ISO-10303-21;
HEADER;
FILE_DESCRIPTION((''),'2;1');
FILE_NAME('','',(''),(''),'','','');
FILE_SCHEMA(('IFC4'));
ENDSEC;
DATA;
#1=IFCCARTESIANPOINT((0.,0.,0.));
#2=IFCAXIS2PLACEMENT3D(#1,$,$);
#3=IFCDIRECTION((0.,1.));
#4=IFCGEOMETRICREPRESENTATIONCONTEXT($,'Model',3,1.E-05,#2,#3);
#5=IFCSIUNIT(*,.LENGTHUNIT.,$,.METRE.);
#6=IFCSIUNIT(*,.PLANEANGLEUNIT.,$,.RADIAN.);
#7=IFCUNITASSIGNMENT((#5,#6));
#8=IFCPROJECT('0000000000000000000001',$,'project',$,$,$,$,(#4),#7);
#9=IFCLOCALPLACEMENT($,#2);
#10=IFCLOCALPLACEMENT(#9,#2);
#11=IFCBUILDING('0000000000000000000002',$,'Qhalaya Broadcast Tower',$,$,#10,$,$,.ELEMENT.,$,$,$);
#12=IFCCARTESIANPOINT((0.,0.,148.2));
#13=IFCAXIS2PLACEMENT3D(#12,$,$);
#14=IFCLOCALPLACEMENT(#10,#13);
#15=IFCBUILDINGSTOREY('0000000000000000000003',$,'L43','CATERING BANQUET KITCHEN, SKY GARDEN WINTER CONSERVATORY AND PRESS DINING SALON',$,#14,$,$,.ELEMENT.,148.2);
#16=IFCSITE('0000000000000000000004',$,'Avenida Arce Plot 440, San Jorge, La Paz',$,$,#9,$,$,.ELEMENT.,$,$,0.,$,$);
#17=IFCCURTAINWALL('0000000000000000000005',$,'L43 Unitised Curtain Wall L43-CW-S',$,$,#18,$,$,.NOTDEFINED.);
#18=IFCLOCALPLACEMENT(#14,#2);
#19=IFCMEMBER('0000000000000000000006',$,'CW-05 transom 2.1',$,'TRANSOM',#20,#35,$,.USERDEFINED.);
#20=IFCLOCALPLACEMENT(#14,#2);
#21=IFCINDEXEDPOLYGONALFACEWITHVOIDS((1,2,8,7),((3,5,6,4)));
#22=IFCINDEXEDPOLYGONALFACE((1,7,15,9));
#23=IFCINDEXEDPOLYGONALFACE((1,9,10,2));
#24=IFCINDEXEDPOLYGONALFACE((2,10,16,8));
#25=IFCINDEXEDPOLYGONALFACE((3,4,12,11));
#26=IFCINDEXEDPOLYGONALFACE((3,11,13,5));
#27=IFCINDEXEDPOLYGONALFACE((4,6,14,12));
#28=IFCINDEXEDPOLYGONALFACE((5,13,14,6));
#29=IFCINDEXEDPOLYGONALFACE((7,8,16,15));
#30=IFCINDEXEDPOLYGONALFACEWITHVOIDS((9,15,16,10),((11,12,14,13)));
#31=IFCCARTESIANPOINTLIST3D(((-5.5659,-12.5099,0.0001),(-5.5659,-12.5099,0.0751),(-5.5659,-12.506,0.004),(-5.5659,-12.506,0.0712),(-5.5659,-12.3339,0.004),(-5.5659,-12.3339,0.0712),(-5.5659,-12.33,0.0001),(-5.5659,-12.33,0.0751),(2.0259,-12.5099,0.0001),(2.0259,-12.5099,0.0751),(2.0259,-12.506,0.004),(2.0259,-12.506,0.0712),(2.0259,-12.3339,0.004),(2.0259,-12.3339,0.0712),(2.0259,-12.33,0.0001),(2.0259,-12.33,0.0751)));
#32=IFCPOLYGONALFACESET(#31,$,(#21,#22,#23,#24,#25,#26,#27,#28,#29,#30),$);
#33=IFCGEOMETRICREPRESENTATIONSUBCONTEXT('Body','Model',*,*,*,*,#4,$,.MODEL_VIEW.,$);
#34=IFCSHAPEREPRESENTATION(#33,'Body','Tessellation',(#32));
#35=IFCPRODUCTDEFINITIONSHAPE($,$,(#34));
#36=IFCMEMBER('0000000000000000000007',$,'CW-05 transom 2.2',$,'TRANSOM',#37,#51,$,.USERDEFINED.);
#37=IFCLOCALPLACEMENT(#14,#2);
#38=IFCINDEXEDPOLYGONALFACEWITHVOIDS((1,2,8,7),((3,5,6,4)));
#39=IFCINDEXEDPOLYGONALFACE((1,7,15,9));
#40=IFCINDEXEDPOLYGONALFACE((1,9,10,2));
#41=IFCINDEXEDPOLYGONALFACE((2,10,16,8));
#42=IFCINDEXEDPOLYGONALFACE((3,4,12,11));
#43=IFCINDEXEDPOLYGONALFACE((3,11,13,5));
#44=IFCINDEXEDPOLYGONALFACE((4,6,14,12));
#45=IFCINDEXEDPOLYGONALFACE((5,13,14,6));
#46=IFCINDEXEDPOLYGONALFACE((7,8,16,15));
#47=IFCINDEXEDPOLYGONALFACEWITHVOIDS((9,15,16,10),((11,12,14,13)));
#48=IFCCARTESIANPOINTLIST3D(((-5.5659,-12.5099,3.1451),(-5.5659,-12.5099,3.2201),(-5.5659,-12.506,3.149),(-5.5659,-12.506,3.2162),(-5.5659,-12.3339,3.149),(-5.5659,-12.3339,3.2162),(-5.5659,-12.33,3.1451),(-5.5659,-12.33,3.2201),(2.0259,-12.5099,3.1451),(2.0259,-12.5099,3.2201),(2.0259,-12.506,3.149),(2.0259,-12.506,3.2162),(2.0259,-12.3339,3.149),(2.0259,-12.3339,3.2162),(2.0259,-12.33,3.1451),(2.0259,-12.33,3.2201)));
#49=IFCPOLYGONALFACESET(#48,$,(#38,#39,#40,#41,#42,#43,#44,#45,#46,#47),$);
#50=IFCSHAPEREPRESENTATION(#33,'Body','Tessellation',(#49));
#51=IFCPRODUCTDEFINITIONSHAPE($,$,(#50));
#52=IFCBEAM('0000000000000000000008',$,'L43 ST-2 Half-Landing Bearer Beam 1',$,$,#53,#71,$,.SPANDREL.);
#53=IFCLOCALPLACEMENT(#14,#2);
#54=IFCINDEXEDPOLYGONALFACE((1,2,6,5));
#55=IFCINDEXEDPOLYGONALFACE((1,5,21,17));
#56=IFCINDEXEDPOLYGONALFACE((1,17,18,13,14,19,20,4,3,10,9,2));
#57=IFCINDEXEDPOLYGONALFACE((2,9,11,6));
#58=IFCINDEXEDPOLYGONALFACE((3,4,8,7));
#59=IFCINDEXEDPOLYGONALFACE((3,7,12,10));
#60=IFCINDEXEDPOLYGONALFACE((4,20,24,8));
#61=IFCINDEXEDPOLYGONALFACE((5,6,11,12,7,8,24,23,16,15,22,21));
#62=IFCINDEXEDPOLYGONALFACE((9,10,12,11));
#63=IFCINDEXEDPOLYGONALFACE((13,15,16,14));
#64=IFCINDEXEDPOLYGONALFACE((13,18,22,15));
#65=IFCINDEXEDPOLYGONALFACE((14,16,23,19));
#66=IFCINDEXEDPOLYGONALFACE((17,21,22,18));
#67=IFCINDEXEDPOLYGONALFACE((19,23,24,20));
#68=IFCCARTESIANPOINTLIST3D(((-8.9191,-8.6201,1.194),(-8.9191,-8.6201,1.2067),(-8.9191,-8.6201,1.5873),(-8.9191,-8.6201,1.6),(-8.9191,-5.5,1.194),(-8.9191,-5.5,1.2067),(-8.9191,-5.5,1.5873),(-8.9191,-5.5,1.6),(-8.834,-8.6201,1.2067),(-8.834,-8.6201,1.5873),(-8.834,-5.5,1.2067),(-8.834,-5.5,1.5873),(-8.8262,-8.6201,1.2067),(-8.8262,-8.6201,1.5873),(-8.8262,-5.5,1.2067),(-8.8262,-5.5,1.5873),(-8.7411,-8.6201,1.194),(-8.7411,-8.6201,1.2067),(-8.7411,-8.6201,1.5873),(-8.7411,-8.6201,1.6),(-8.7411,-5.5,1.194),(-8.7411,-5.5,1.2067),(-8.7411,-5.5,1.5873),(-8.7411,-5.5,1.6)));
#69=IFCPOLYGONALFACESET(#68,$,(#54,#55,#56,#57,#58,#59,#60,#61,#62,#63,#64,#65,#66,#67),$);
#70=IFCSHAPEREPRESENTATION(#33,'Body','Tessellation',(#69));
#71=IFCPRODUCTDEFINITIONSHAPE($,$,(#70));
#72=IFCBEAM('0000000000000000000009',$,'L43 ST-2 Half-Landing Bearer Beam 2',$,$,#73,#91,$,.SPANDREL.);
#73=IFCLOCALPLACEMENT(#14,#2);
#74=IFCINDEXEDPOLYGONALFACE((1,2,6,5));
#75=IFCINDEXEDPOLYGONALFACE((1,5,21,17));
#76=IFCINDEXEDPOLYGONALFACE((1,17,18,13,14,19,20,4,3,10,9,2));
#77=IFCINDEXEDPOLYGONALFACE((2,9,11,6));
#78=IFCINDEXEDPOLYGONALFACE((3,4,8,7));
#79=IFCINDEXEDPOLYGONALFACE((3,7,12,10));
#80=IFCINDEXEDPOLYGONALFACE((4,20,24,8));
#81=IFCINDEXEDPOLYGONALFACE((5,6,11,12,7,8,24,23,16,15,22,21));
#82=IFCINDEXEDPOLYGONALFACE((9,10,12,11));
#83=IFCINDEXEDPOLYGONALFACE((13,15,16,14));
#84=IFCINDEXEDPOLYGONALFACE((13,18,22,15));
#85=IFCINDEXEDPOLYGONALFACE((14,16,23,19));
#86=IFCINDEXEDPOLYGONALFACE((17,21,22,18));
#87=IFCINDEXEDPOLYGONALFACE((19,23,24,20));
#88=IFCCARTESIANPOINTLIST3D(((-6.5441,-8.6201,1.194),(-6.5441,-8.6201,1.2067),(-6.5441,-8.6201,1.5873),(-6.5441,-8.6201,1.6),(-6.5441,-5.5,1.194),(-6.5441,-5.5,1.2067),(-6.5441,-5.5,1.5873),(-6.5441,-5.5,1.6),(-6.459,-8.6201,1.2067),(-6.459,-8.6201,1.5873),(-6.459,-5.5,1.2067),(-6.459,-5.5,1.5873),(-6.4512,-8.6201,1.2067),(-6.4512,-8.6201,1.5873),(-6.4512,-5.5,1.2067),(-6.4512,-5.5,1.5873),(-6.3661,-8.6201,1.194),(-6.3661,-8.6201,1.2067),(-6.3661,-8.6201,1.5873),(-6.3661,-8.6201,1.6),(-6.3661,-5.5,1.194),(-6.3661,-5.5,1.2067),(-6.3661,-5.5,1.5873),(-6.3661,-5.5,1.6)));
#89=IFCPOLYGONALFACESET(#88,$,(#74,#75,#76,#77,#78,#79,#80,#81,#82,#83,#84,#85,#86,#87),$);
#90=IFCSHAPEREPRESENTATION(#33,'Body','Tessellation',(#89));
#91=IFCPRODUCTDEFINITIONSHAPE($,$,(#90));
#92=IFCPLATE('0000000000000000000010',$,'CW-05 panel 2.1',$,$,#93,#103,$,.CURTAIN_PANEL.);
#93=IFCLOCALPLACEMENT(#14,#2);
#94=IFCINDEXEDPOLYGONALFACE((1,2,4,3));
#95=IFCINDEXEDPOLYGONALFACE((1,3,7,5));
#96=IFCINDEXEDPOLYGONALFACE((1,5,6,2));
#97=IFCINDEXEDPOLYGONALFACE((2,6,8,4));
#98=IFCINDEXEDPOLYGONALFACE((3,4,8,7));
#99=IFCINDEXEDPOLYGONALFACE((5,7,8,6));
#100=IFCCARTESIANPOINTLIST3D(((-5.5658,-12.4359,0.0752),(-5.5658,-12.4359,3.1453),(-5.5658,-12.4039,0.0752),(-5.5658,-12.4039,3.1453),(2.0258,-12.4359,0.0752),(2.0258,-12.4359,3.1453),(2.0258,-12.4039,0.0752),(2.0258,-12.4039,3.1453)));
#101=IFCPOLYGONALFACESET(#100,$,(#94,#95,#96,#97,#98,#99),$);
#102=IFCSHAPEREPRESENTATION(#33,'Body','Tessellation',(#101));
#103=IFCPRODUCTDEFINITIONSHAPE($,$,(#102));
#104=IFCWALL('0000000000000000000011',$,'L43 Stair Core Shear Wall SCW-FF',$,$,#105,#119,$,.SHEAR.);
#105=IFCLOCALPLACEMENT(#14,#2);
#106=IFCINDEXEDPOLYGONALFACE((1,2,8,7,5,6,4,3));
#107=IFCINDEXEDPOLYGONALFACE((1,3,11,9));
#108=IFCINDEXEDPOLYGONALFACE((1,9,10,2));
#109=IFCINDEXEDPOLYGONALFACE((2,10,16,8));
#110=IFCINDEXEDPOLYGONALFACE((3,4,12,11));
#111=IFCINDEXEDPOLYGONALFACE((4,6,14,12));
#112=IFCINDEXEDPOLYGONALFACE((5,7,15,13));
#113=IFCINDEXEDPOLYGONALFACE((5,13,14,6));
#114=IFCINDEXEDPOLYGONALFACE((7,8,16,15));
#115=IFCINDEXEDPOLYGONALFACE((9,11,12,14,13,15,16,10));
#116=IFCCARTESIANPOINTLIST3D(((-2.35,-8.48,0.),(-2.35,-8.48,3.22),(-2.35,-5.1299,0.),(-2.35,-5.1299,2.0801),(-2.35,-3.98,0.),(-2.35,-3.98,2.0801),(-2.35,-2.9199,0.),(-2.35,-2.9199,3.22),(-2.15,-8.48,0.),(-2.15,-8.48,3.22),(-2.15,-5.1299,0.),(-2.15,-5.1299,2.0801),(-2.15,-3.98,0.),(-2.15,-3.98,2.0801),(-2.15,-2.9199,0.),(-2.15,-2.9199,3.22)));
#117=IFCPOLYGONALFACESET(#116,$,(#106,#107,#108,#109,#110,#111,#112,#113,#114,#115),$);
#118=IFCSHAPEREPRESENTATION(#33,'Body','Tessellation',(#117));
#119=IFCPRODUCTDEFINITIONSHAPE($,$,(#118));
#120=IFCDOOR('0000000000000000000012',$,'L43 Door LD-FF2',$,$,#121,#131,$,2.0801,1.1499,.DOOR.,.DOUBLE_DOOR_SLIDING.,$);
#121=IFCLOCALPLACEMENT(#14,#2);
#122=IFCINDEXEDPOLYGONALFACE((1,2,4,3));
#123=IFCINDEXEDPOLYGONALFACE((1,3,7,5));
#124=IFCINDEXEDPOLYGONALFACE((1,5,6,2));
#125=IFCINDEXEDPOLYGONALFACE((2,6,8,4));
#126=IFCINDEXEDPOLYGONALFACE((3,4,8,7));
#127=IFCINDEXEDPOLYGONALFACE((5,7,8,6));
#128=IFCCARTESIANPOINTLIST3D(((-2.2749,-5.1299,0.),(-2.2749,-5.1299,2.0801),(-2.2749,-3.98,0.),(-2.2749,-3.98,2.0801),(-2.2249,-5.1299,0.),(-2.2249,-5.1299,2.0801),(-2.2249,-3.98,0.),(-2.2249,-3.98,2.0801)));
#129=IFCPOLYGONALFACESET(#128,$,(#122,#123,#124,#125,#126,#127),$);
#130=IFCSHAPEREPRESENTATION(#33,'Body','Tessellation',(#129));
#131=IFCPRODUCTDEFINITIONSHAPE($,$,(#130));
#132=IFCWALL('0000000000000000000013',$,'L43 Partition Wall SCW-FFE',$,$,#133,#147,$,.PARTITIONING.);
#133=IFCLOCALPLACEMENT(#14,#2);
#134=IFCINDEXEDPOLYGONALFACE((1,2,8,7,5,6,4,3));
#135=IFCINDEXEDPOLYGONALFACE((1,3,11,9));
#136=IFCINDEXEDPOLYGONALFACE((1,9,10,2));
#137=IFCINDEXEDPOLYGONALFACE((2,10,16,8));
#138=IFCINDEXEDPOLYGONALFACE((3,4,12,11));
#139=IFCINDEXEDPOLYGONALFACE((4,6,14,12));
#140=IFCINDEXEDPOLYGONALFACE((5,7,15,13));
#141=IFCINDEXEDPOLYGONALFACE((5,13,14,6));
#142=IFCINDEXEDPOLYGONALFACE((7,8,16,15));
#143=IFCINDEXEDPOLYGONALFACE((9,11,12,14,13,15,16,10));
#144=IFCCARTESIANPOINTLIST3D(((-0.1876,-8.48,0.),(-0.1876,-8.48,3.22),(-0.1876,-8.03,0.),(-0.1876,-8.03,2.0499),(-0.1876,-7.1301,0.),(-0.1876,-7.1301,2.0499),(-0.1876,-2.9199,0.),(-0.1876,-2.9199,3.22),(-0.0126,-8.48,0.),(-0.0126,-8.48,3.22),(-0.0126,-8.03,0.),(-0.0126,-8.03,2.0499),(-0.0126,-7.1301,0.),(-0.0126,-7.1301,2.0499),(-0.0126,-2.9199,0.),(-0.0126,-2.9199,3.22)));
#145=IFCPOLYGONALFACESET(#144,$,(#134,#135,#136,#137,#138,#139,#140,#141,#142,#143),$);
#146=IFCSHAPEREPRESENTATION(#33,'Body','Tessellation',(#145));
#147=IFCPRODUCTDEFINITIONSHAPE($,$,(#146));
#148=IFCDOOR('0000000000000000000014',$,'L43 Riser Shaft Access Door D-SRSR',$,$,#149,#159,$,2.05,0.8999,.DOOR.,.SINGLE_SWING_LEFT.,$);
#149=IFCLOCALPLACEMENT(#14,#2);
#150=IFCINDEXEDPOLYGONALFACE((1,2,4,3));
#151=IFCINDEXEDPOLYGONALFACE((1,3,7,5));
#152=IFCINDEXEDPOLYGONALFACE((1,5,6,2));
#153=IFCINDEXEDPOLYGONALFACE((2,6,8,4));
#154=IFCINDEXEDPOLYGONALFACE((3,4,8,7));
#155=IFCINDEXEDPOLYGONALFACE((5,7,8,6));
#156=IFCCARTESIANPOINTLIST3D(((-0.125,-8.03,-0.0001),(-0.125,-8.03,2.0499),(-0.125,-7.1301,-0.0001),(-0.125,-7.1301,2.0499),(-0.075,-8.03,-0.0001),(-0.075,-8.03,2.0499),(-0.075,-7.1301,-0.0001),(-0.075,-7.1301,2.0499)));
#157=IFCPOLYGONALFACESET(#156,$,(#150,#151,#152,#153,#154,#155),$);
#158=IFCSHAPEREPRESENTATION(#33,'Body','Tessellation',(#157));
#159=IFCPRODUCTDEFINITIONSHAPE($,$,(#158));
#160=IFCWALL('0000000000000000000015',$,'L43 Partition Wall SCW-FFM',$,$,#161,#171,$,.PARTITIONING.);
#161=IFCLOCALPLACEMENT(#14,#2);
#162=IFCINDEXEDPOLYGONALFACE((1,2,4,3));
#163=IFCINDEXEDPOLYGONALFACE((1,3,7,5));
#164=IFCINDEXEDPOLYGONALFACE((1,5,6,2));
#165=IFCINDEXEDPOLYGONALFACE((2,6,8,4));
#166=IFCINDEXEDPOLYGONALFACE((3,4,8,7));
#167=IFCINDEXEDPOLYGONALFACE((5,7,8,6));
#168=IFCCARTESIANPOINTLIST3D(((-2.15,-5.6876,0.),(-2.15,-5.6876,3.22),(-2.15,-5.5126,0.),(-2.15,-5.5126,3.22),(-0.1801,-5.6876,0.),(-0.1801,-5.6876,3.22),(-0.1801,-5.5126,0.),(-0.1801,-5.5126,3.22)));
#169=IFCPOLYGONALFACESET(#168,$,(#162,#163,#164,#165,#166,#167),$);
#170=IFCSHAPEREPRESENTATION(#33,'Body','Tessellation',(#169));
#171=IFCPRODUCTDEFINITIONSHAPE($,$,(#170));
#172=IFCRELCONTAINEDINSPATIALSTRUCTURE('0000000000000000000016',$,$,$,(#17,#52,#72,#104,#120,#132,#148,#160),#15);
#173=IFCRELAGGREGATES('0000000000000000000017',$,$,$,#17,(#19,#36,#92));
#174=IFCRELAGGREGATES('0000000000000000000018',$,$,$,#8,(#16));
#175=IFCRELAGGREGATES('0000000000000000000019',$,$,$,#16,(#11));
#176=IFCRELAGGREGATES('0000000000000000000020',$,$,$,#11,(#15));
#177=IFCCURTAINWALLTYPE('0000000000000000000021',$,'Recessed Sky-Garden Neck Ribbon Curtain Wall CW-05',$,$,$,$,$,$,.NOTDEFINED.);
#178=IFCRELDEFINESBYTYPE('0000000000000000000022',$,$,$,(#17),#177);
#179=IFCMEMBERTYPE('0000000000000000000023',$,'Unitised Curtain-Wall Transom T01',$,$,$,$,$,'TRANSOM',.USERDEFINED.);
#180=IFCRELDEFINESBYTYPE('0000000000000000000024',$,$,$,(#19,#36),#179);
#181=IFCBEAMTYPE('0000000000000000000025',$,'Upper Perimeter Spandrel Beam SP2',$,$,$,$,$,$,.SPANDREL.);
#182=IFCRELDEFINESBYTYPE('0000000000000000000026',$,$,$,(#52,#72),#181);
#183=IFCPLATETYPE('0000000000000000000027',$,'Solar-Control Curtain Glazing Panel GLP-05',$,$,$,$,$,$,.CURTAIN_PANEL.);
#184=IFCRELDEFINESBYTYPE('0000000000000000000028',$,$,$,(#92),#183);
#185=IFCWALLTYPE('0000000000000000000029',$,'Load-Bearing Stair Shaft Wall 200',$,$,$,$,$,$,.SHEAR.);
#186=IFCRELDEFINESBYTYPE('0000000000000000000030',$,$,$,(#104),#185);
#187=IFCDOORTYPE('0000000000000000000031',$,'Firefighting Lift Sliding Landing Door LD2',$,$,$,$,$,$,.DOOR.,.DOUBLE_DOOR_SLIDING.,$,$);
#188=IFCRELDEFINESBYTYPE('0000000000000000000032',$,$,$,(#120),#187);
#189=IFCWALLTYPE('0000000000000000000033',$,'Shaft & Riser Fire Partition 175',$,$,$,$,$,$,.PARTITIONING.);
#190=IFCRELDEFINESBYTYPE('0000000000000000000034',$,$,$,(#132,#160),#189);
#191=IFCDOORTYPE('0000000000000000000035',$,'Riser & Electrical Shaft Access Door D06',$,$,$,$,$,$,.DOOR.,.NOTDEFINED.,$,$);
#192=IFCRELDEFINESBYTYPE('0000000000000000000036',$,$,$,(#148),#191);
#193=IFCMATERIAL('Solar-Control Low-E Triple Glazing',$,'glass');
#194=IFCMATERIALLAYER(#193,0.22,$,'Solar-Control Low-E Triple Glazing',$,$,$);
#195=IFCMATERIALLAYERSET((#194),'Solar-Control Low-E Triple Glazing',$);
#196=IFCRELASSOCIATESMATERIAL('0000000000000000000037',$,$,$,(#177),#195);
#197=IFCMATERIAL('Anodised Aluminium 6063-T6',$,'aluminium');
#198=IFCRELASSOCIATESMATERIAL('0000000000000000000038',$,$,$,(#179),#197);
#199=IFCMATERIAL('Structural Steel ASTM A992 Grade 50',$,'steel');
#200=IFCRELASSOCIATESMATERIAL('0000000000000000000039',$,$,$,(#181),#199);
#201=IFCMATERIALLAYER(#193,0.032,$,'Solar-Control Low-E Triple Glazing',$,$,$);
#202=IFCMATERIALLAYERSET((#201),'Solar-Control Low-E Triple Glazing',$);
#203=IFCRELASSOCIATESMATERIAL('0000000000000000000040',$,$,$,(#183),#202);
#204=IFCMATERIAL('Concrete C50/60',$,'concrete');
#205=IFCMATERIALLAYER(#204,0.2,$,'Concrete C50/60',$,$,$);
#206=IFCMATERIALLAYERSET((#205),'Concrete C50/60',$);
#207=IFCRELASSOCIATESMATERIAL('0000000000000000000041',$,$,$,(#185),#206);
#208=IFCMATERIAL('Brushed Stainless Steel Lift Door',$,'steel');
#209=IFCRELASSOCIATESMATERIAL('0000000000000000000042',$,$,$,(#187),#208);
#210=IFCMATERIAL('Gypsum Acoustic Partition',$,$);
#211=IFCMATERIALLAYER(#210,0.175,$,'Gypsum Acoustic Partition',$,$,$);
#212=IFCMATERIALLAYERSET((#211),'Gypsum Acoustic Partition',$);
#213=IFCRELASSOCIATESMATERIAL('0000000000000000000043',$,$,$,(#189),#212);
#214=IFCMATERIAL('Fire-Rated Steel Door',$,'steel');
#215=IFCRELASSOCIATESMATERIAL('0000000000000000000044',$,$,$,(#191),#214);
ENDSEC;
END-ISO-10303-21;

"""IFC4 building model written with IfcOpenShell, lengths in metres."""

from ifc_helpers import new_model, si_unit, direction, frame, frame_2d, origin, origin_2d, place, context, subcontext, project, spatial, rectangle, hollow_rectangle, i_section, extrude, material, layer, layer_set, material_profile, profile_set, type_object, element, fill, aggregate, save


model = new_model("IFC4")

# Units and contexts
model_context = context("Model", 3, precision=1e-05, world=origin(), true_north=direction((0.0, 1.0)))
body_context = subcontext(model_context, "Body", "Model", "MODEL_VIEW")
ifc_project = project(units=[si_unit("LENGTHUNIT", "METRE"), si_unit("PLANEANGLEUNIT", "RADIAN")], contexts=[model_context])

# Site, building, storey
site_placement = place(None, origin())
site = spatial("IfcSite", under=ifc_project, at=site_placement, Name="Avenida Arce Plot 440, San Jorge, La Paz", CompositionType="ELEMENT", RefElevation=0.0)
building_placement = place(site_placement, origin())
building = spatial("IfcBuilding", under=site, at=building_placement, Name="Qhalaya Broadcast Tower", CompositionType="ELEMENT")
storey_placement = place(building_placement, frame((0.0, 0.0, 148.2)))
storey = spatial("IfcBuildingStorey", under=building, at=storey_placement, Name="L43", Description="CATERING BANQUET KITCHEN, SKY GARDEN WINTER CONSERVATORY AND PRESS DINING SALON", CompositionType="ELEMENT", Elevation=148.2)

# Shared definitions
ifc_material_1 = material(Name="Concrete C50/60", Category="concrete")

# Shared definitions
ifc_material_2 = material(Name="Structural Steel ASTM A992 Grade 50", Category="steel")

# Curtain wall, members
ifc_material_3 = material(Name="Solar-Control Low-E Triple Glazing", Category="glass")
ifc_layer_1 = layer(ifc_material_3, 0.22, Name="Solar-Control Low-E Triple Glazing")
ifc_layer_set_1 = layer_set([ifc_layer_1], Name="Solar-Control Low-E Triple Glazing")
curtain_wall_type = type_object("IfcCurtainWallType", Name="Recessed Sky-Garden Neck Ribbon Curtain Wall CW-05", PredefinedType="NOTDEFINED", material=ifc_layer_set_1)
curtain_wall_placement = place(storey_placement, origin())
curtain_wall = element("IfcCurtainWall", 1, at=curtain_wall_placement, inside=storey, type_object=curtain_wall_type, Name="L43 Unitised Curtain Wall L43-CW-S", PredefinedType="NOTDEFINED")
ifc_material_4 = material(Name="Anodised Aluminium 6063-T6", Category="aluminium")
ifc_material_profile_1 = material_profile(ifc_material_4, hollow_rectangle(XDim=0.075, YDim=0.1799, WallThickness=0.0039, at=origin_2d()), Name="ALU-TRN 75x180x4")
ifc_profile_set_1 = profile_set([ifc_material_profile_1], Name="Anodised Aluminium 6063-T6")
member_type_1 = type_object("IfcMemberType", Name="Unitised Curtain-Wall Transom T01", ElementType="TRANSOM", PredefinedType="USERDEFINED", material=ifc_profile_set_1)
member_1_placement = place(storey_placement, frame((-5.5659, -12.4199, 0.0376), z_axis=(1.0, 0.0, 0.0), x_axis=(0.0, 0.0, 1.0)))
member_1 = element("IfcMember", 2, at=member_1_placement, type_object=member_type_1, Name="CW-05 transom 2.1", ObjectType="TRANSOM", PredefinedType="USERDEFINED", context=body_context, shape_type="SweptSolid", body=[
    extrude(hollow_rectangle(XDim=0.075, YDim=0.1799, WallThickness=0.0039, at=origin_2d()), origin(), (0.0, 0.0, 1.0), 7.5918),
])
member_2_placement = place(storey_placement, frame((-5.5659, -12.4199, 3.1826), z_axis=(1.0, 0.0, 0.0), x_axis=(0.0, 0.0, 1.0)))
member_2 = element("IfcMember", 3, at=member_2_placement, type_object=member_type_1, Name="CW-05 transom 2.2", ObjectType="TRANSOM", PredefinedType="USERDEFINED", context=body_context, shape_type="SweptSolid", body=[
    extrude(hollow_rectangle(XDim=0.075, YDim=0.1799, WallThickness=0.0039, at=origin_2d()), origin(), (0.0, 0.0, 1.0), 7.5918),
])

# Beams
ifc_material_profile_2 = material_profile(ifc_material_2, i_section(OverallWidth=0.178, OverallDepth=0.406, WebThickness=0.0078, FlangeThickness=0.0127, at=origin_2d()), Name="W16X40")
ifc_profile_set_2 = profile_set([ifc_material_profile_2], Name="Structural Steel ASTM A992 Grade 50")
beam_type_1 = type_object("IfcBeamType", Name="Upper Perimeter Spandrel Beam SP2", PredefinedType="SPANDREL", material=ifc_profile_set_2)
for number, where, z_axis, x_axis, name in (
    (4, (-8.8301, -8.6201, 1.397), (0.0, 1.0, 0.0), (-1.0, 0.0, 0.0), "L43 ST-2 Half-Landing Bearer Beam 1"),
    (5, (-6.4551, -8.6201, 1.397), (0.0, 1.0, 0.0), (-1.0, 0.0, 0.0), "L43 ST-2 Half-Landing Bearer Beam 2"),
):
    element("IfcBeam", number, at=place(storey_placement, frame(where, z_axis=z_axis, x_axis=x_axis)), inside=storey, type_object=beam_type_1, Name=name, PredefinedType="SPANDREL", context=body_context, shape_type="SweptSolid", body=[
        extrude(i_section(OverallWidth=0.178, OverallDepth=0.406, WebThickness=0.0078, FlangeThickness=0.0127, at=origin_2d()), origin(), (0.0, 0.0, 1.0), 3.1201),
    ])

# Plate
ifc_layer_2 = layer(ifc_material_3, 0.032, Name="Solar-Control Low-E Triple Glazing")
ifc_layer_set_2 = layer_set([ifc_layer_2], Name="Solar-Control Low-E Triple Glazing")
plate_type = type_object("IfcPlateType", Name="Solar-Control Curtain Glazing Panel GLP-05", PredefinedType="CURTAIN_PANEL", material=ifc_layer_set_2)
plate_placement = place(storey_placement, frame((-1.77, -12.4199, 0.0752), z_axis=(0.0, 0.0, 1.0), x_axis=(1.0, 0.0, 0.0)))
plate = element("IfcPlate", 6, at=plate_placement, type_object=plate_type, Name="CW-05 panel 2.1", PredefinedType="CURTAIN_PANEL", context=body_context, shape_type="SweptSolid", body=[
    extrude(rectangle(XDim=7.5916, YDim=0.032, at=origin_2d()), origin(), (0.0, 0.0, 1.0), 3.0701),
])
aggregate(curtain_wall, [member_1, member_2, plate])

# Walls, openings, doors
ifc_layer_3 = layer(ifc_material_1, 0.2, Name="Concrete C50/60")
ifc_layer_set_3 = layer_set([ifc_layer_3], Name="Concrete C50/60")
wall_type_1 = type_object("IfcWallType", Name="Load-Bearing Stair Shaft Wall 200", PredefinedType="SHEAR", material=ifc_layer_set_3)
wall_1_placement = place(storey_placement, frame((-2.25, -8.48, 0.0), z_axis=(0.0, 0.0, 1.0), x_axis=(0.0, 1.0, 0.0)))
wall_1 = element("IfcWall", 7, at=wall_1_placement, inside=storey, type_object=wall_type_1, Name="L43 Stair Core Shear Wall SCW-FF", PredefinedType="SHEAR", context=body_context, shape_type="SweptSolid", body=[
    extrude(rectangle(XDim=5.5601, YDim=0.2, at=frame_2d((2.78, 0.0))), origin(), (0.0, 0.0, 1.0), 3.22),
])
opening_1_placement = place(wall_1_placement, frame((3.3501, 0.0, 0.0)))
opening_1 = element("IfcOpeningElement", 8, at=opening_1_placement, cuts=wall_1, PredefinedType="OPENING", context=body_context, shape_type="SweptSolid", body=[
    extrude(rectangle(XDim=1.1499, YDim=2.0801, at=frame_2d((0.575, 1.04))), frame((0.0, 0.1121, 0.0), z_axis=(0.0, -1.0, 0.0), x_axis=(1.0, 0.0, 0.0)), (0.0, 0.0, 1.0), 0.2239),
])
ifc_material_5 = material(Name="Brushed Stainless Steel Lift Door", Category="steel")
door_type_1 = type_object("IfcDoorType", Name="Firefighting Lift Sliding Landing Door LD2", OperationType="DOUBLE_DOOR_SLIDING", PredefinedType="DOOR", material=ifc_material_5)
door_1_placement = place(opening_1_placement, origin())
door_1 = element("IfcDoor", 9, at=door_1_placement, inside=storey, type_object=door_type_1, Name="L43 Door LD-FF2", OperationType="DOUBLE_DOOR_SLIDING", OverallHeight=2.0801, OverallWidth=1.1499, PredefinedType="DOOR", context=body_context, shape_type="SweptSolid", body=[
    extrude(rectangle(XDim=1.1499, YDim=2.0801, at=frame_2d((0.575, 1.04))), frame((0.0, 0.0249, 0.0), z_axis=(0.0, -1.0, 0.0), x_axis=(1.0, 0.0, 0.0)), (0.0, 0.0, 1.0), 0.05),
])
fill(opening_1, door_1)
ifc_material_6 = material(Name="Gypsum Acoustic Partition")
ifc_layer_4 = layer(ifc_material_6, 0.175, Name="Gypsum Acoustic Partition")
ifc_layer_set_4 = layer_set([ifc_layer_4], Name="Gypsum Acoustic Partition")
wall_type_2 = type_object("IfcWallType", Name="Shaft & Riser Fire Partition 175", PredefinedType="PARTITIONING", material=ifc_layer_set_4)
wall_2_placement = place(storey_placement, frame((-0.1001, -8.48, 0.0), z_axis=(0.0, 0.0, 1.0), x_axis=(0.0, 1.0, 0.0)))
wall_2 = element("IfcWall", 10, at=wall_2_placement, inside=storey, type_object=wall_type_2, Name="L43 Partition Wall SCW-FFE", PredefinedType="PARTITIONING", context=body_context, shape_type="SweptSolid", body=[
    extrude(rectangle(XDim=5.5601, YDim=0.175, at=frame_2d((2.78, 0.0))), origin(), (0.0, 0.0, 1.0), 3.22),
])
opening_2_placement = place(wall_2_placement, frame((0.45, 0.0, 0.0)))
opening_2 = element("IfcOpeningElement", 11, at=opening_2_placement, cuts=wall_2, PredefinedType="OPENING", context=body_context, shape_type="SweptSolid", body=[
    extrude(rectangle(XDim=0.8999, YDim=2.05, at=frame_2d((0.45, 1.0249))), frame((0.0, 0.0996, 0.0), z_axis=(0.0, -1.0, 0.0), x_axis=(1.0, 0.0, 0.0)), (0.0, 0.0, 1.0), 0.199),
])
ifc_material_7 = material(Name="Fire-Rated Steel Door", Category="steel")
door_type_2 = type_object("IfcDoorType", Name="Riser & Electrical Shaft Access Door D06", OperationType="NOTDEFINED", PredefinedType="DOOR", material=ifc_material_7)
door_2_placement = place(opening_2_placement, origin())
door_2 = element("IfcDoor", 12, at=door_2_placement, inside=storey, type_object=door_type_2, Name="L43 Riser Shaft Access Door D-SRSR", OperationType="SINGLE_SWING_LEFT", OverallHeight=2.05, OverallWidth=0.8999, PredefinedType="DOOR", context=body_context, shape_type="SweptSolid", body=[
    extrude(rectangle(XDim=0.8999, YDim=2.05, at=frame_2d((0.45, 1.0249))), frame((0.0, 0.0249, 0.0), z_axis=(0.0, -1.0, 0.0), x_axis=(1.0, 0.0, 0.0)), (0.0, 0.0, 1.0), 0.05),
])
fill(opening_2, door_2)

# Wall
wall_3_placement = place(storey_placement, frame((-2.1499, -5.6001, 0.0), z_axis=(0.0, 0.0, 1.0), x_axis=(1.0, 0.0, 0.0)))
element("IfcWall", 13, at=wall_3_placement, inside=storey, type_object=wall_type_2, Name="L43 Partition Wall SCW-FFM", PredefinedType="PARTITIONING", context=body_context, shape_type="SweptSolid", body=[
    extrude(rectangle(XDim=1.97, YDim=0.175, at=frame_2d((0.9849, 0.0))), origin(), (0.0, 0.0, 1.0), 3.22),
])

save(model, "model.ifc")
